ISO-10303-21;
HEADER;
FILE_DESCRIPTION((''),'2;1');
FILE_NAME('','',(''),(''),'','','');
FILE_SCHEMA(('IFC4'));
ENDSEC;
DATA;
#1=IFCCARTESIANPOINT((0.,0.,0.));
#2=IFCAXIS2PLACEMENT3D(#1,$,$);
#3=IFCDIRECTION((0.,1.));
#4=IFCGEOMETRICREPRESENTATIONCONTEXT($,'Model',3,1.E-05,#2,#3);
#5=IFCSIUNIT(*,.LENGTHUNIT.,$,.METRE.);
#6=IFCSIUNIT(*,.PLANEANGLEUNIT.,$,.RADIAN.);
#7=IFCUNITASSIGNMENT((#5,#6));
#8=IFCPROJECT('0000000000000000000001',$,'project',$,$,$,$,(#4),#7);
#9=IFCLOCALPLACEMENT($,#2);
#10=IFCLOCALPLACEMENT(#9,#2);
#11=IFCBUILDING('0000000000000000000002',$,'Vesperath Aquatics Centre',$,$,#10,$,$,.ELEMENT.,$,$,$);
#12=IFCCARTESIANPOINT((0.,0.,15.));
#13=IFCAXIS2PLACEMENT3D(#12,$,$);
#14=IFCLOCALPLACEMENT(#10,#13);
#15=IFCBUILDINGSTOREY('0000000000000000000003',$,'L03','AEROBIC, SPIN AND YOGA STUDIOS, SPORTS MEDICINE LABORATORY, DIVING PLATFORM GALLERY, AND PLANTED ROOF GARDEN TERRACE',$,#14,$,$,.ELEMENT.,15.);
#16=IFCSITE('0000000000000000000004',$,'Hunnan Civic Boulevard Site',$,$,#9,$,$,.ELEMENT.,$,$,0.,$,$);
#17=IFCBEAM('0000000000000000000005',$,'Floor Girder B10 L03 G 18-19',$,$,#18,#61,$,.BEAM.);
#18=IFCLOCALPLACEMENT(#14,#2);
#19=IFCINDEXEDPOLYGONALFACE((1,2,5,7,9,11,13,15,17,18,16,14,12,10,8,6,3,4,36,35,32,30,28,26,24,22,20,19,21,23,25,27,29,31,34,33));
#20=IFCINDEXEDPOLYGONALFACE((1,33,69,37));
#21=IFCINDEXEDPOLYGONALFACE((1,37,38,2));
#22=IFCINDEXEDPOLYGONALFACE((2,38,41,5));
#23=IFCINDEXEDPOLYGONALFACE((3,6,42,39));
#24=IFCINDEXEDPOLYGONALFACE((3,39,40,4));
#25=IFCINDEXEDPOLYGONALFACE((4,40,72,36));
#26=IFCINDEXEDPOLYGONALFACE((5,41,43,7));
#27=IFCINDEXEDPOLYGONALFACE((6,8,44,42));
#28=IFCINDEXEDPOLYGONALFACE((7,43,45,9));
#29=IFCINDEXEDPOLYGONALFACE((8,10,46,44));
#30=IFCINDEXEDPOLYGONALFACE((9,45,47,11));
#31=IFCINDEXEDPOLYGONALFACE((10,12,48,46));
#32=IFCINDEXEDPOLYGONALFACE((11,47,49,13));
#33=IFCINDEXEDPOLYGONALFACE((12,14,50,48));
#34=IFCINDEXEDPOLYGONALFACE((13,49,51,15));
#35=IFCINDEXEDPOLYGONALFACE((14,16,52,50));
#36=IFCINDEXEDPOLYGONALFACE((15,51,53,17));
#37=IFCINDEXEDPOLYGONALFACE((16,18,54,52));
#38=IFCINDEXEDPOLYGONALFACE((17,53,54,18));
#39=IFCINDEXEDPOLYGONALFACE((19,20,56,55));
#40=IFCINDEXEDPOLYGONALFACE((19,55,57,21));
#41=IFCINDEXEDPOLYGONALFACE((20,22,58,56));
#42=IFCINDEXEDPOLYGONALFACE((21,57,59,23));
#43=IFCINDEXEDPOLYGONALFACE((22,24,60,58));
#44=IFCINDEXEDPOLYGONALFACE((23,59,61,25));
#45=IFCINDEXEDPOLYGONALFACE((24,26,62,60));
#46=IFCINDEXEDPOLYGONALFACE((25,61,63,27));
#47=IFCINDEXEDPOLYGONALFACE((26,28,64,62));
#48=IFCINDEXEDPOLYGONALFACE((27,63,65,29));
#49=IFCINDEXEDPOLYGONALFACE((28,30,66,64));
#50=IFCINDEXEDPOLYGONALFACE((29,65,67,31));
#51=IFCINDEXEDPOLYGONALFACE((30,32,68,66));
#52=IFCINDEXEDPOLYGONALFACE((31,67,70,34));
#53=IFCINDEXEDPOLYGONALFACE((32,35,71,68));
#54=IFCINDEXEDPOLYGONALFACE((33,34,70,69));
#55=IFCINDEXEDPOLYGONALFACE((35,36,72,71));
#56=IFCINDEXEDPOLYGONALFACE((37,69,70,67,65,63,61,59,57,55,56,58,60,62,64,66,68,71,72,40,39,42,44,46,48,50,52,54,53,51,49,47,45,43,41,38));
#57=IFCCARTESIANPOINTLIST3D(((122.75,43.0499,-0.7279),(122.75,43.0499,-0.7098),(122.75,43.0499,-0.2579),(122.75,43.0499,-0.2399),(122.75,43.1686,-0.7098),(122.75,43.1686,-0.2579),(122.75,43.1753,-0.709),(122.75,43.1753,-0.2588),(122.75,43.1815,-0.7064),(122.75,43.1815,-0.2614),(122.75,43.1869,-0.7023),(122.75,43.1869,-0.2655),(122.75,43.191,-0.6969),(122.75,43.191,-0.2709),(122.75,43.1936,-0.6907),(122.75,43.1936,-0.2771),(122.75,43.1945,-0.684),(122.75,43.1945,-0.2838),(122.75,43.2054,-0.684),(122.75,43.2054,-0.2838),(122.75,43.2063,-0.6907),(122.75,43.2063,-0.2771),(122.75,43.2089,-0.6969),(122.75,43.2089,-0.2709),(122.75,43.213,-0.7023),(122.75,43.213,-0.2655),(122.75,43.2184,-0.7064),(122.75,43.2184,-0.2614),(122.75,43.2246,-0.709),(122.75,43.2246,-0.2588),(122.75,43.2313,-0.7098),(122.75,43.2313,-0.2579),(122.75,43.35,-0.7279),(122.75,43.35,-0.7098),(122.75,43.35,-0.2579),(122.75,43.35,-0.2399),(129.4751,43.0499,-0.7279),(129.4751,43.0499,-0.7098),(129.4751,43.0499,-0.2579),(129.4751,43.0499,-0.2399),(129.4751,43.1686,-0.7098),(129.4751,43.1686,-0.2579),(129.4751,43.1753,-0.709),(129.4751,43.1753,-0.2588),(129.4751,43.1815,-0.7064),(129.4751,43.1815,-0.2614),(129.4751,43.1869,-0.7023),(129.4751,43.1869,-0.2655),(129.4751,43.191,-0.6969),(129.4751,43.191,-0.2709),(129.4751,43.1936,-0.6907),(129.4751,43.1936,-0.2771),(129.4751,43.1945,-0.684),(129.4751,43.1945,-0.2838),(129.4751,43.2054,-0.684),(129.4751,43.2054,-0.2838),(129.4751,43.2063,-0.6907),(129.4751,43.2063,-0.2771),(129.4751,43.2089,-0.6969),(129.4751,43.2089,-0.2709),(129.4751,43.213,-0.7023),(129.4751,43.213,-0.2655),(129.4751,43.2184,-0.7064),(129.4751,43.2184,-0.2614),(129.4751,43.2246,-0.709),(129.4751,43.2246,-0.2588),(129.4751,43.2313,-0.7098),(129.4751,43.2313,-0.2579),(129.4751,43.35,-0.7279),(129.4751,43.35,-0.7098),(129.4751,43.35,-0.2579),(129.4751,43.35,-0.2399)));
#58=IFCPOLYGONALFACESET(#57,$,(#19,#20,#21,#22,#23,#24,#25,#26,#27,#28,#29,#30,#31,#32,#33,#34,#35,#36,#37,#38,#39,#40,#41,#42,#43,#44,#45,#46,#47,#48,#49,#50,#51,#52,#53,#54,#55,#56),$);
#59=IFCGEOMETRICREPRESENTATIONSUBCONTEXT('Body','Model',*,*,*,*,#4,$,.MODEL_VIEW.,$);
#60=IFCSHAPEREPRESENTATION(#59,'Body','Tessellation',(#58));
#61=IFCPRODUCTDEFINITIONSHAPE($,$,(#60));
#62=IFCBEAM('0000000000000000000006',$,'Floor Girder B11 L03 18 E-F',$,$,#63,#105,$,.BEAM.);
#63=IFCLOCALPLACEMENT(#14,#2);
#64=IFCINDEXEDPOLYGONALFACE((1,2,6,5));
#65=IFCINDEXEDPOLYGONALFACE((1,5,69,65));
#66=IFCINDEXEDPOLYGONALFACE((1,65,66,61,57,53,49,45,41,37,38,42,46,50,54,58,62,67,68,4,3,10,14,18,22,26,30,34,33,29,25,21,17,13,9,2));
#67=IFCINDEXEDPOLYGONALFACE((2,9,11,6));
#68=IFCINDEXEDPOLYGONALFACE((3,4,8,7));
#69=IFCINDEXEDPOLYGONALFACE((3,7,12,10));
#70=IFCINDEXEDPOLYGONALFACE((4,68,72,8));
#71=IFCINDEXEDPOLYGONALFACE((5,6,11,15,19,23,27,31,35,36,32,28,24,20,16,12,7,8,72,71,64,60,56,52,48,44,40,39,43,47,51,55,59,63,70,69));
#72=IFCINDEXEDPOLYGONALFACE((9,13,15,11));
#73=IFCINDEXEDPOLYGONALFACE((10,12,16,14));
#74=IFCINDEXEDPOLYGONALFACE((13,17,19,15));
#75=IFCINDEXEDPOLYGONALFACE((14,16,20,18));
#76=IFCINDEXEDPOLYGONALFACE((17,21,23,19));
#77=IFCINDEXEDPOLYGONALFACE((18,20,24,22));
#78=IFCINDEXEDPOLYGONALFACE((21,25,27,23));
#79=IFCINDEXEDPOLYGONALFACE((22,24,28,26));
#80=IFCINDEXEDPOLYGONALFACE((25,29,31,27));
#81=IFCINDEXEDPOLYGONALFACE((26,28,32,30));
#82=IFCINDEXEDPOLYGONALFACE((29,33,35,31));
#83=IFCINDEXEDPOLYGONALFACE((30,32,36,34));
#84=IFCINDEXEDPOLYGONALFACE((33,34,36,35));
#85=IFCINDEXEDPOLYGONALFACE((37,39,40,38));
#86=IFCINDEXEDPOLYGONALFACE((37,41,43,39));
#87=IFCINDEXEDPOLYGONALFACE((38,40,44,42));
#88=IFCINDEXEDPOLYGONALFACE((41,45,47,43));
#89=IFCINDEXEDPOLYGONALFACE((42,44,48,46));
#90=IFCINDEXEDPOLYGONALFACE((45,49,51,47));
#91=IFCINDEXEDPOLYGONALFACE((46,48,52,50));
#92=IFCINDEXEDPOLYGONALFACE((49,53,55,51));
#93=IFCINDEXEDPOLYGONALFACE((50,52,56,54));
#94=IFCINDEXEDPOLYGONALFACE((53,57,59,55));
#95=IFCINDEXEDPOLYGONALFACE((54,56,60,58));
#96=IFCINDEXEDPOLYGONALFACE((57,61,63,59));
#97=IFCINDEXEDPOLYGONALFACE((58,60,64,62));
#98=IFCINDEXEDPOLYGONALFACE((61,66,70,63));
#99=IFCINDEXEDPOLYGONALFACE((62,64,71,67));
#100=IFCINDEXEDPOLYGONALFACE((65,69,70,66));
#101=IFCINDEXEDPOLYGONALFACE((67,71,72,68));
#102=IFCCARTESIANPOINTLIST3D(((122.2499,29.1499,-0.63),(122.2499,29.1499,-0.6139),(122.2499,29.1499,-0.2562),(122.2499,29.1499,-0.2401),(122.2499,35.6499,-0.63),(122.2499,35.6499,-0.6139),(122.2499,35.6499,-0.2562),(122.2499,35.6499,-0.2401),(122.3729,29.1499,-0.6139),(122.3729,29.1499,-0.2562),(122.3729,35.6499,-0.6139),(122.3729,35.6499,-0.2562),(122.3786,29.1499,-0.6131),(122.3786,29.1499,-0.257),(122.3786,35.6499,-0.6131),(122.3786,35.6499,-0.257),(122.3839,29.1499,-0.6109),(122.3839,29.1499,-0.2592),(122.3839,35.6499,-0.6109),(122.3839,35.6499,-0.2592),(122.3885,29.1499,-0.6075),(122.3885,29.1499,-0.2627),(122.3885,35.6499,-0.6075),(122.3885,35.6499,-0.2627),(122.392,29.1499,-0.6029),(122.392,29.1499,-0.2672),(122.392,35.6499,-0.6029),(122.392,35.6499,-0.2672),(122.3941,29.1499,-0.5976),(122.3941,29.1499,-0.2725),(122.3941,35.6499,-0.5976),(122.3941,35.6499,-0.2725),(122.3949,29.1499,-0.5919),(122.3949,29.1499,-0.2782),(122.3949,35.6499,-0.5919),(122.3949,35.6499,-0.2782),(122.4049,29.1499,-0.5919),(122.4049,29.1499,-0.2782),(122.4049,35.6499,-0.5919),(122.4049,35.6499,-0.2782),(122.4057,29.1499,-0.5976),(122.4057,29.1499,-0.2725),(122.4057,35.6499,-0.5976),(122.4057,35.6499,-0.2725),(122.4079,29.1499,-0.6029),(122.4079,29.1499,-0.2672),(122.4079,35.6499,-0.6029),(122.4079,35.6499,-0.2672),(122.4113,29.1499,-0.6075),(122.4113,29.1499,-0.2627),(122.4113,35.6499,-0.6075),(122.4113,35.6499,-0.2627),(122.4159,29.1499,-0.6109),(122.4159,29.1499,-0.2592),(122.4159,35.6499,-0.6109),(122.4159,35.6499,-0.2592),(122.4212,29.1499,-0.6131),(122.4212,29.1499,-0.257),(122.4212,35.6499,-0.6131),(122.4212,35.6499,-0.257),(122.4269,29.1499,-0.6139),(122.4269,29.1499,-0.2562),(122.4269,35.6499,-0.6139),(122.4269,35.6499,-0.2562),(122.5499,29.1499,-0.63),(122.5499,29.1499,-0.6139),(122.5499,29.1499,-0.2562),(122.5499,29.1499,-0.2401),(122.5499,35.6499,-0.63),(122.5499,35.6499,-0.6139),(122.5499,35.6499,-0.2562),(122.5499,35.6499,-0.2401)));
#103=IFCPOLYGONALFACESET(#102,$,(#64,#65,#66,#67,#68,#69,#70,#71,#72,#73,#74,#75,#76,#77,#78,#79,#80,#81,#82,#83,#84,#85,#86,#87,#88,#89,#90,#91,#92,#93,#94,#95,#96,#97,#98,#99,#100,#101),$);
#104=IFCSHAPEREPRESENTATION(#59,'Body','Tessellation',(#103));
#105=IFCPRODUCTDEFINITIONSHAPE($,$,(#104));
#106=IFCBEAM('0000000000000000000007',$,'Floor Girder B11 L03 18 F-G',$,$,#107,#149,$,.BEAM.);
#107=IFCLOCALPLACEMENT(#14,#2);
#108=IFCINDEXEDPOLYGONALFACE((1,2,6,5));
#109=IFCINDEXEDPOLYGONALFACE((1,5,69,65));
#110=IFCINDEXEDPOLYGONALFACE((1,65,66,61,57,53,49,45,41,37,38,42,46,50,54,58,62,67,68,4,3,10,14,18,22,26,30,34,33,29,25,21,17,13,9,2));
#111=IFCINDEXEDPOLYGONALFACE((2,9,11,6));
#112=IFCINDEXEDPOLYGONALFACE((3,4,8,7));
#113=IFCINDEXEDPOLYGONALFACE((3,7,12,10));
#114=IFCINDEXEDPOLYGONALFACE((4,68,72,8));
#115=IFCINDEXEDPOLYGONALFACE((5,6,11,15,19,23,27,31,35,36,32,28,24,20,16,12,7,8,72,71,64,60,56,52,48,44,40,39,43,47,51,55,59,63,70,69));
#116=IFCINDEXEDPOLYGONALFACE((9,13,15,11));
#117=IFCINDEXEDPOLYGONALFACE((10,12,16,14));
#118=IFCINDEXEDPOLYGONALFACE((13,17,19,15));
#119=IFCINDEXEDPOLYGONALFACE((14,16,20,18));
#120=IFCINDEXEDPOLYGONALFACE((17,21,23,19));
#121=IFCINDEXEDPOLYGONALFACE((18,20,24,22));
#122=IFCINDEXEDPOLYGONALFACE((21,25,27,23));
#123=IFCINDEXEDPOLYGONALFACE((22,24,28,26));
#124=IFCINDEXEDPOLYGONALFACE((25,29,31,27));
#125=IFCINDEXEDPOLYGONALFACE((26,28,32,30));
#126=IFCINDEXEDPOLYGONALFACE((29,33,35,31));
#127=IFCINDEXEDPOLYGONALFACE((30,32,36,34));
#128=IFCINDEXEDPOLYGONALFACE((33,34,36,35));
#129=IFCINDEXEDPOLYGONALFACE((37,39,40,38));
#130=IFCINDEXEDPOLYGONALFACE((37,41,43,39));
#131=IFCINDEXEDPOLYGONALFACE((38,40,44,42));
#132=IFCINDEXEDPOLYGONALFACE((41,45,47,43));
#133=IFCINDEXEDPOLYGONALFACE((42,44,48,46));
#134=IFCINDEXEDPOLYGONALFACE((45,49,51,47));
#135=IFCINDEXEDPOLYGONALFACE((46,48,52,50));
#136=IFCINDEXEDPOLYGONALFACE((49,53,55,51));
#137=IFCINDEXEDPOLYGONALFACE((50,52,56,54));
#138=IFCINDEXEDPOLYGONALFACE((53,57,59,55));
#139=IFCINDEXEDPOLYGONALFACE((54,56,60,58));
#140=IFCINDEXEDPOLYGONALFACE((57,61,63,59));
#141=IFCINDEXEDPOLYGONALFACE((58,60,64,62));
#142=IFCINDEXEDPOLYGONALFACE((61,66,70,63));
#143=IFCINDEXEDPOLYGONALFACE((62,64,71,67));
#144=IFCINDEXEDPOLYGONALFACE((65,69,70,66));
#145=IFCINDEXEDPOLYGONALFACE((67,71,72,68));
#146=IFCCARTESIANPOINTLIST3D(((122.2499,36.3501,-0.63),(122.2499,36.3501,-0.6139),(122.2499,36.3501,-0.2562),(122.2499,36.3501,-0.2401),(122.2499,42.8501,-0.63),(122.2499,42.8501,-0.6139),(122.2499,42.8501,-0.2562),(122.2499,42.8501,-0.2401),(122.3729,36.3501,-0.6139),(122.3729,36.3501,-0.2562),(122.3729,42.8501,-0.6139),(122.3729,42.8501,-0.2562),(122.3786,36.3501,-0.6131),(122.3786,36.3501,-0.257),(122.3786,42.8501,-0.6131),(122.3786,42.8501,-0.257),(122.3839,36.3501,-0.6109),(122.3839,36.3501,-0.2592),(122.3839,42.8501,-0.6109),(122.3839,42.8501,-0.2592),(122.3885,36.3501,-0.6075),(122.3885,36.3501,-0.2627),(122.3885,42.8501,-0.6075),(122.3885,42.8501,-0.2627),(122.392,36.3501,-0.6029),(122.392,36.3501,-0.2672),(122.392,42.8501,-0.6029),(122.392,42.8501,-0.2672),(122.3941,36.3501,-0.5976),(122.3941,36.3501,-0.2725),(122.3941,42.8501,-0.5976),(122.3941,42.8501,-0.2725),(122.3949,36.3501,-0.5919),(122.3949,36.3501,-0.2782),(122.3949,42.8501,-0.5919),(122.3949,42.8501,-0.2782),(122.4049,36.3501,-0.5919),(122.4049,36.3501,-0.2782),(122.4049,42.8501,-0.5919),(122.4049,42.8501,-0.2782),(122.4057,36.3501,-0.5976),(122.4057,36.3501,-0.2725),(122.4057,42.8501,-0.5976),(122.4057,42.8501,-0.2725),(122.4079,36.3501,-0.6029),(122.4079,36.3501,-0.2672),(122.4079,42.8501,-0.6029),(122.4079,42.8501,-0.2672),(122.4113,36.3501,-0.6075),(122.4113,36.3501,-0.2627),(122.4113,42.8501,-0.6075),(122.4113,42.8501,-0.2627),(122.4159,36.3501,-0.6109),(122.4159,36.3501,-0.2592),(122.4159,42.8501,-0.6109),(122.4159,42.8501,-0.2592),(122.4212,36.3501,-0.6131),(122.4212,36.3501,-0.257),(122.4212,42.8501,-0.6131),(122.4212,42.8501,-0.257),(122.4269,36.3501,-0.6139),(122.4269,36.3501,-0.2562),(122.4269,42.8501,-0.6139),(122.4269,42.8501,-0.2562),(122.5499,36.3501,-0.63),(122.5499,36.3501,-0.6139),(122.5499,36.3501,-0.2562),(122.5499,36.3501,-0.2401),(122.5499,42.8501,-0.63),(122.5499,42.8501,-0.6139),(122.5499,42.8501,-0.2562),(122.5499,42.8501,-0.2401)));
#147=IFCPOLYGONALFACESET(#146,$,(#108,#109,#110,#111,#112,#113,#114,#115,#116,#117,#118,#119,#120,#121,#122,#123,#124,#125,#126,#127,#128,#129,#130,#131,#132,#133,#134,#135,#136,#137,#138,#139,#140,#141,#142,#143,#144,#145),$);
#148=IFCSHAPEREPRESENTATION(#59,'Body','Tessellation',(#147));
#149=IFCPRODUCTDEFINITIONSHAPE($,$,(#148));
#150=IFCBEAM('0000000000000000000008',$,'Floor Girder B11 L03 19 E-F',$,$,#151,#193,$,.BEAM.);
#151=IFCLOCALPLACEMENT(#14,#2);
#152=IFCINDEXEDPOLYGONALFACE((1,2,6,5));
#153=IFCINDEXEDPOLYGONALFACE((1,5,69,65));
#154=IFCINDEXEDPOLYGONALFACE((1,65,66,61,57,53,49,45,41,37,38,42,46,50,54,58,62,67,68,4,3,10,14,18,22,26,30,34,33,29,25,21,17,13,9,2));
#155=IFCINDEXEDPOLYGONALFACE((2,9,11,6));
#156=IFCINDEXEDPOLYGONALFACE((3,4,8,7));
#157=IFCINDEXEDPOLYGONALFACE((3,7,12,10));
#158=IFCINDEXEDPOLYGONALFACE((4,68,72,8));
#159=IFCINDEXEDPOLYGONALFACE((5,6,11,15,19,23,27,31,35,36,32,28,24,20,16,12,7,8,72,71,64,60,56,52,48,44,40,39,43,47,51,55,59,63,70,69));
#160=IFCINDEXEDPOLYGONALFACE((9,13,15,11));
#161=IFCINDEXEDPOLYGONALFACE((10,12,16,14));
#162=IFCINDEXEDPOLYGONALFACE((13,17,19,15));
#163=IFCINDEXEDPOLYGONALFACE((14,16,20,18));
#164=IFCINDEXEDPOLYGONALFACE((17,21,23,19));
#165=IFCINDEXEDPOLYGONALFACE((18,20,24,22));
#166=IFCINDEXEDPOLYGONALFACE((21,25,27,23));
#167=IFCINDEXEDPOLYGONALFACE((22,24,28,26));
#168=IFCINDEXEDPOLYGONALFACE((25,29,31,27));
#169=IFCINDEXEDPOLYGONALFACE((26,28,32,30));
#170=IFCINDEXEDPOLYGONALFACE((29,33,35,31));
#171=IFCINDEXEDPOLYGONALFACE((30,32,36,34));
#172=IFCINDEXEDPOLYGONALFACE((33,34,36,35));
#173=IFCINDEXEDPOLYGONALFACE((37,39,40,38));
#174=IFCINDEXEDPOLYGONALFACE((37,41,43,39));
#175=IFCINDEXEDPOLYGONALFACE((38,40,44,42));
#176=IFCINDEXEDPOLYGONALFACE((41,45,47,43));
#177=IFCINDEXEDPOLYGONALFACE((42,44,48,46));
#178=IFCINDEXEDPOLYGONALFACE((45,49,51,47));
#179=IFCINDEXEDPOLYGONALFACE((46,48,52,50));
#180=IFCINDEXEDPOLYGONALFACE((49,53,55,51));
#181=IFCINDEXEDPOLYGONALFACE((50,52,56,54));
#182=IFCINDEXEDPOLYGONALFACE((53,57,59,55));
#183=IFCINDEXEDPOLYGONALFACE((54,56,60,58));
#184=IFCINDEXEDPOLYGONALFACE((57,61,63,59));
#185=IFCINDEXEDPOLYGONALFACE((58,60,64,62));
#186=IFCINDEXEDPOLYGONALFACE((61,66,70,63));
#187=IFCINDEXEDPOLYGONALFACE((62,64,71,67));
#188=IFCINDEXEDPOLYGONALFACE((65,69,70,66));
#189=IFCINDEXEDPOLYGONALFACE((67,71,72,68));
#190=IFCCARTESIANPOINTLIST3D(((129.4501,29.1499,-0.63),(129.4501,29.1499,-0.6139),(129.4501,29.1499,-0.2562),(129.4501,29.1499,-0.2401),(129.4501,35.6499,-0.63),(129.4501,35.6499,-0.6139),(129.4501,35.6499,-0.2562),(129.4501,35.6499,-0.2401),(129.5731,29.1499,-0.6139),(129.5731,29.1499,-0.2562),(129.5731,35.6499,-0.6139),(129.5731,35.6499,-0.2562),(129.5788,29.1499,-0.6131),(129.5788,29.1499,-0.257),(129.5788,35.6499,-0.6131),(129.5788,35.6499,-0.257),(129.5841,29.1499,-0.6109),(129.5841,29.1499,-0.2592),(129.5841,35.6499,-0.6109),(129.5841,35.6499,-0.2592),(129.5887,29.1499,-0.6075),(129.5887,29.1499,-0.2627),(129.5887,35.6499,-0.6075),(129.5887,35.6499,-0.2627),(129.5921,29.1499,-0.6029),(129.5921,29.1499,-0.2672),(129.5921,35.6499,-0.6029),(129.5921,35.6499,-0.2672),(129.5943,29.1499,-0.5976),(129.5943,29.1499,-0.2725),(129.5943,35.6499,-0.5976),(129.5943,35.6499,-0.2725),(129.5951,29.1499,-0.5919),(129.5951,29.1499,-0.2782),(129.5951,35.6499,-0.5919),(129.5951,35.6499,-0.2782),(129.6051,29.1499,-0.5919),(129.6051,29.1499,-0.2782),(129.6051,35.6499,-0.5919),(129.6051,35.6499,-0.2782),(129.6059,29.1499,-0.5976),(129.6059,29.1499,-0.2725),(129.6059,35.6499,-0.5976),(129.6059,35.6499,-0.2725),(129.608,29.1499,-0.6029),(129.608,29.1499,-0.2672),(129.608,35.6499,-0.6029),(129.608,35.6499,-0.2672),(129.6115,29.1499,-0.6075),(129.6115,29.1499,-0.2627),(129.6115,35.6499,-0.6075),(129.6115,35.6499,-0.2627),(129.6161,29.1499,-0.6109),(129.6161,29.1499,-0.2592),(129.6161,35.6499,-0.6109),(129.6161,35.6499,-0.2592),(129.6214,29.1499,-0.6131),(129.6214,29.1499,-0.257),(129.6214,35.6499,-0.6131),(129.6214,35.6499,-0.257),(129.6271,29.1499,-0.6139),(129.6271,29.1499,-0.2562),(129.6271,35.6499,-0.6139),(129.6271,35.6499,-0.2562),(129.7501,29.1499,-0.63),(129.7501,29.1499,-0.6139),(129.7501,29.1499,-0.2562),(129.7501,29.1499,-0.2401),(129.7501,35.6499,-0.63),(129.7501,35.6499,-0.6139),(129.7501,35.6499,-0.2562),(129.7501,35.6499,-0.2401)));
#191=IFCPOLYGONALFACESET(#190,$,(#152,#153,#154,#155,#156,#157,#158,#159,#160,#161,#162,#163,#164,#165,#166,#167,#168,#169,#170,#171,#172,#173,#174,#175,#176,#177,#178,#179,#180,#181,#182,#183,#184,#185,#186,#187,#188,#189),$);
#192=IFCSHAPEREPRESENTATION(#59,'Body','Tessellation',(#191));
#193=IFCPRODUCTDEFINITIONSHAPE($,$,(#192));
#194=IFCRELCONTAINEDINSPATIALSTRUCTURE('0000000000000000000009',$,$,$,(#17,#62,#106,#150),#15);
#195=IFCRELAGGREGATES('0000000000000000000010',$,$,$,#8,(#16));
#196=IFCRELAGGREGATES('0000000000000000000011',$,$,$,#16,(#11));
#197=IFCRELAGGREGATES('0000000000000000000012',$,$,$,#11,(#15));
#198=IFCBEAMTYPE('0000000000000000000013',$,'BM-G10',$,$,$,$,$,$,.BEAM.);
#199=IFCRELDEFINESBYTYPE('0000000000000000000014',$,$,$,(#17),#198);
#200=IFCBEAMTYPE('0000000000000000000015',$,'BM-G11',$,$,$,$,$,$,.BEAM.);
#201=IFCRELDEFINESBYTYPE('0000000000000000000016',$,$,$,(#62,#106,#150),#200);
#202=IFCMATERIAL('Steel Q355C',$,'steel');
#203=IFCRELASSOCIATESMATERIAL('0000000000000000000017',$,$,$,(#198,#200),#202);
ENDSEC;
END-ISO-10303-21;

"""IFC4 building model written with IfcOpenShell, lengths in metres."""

from ifc_helpers import new_model, si_unit, direction, frame, origin, origin_2d, place, context, subcontext, project, spatial, i_section, extrude, material, material_profile, profile_set, type_object, element, save


model = new_model("IFC4")

# Units and contexts
model_context = context("Model", 3, precision=1e-05, world=origin(), true_north=direction((0.0, 1.0)))
body_context = subcontext(model_context, "Body", "Model", "MODEL_VIEW")
ifc_project = project(units=[si_unit("LENGTHUNIT", "METRE"), si_unit("PLANEANGLEUNIT", "RADIAN")], contexts=[model_context])

# Site, building, storey
site_placement = place(None, origin())
site = spatial("IfcSite", under=ifc_project, at=site_placement, Name="Hunnan Civic Boulevard Site", CompositionType="ELEMENT", RefElevation=0.0)
building_placement = place(site_placement, origin())
building = spatial("IfcBuilding", under=site, at=building_placement, Name="Vesperath Aquatics Centre", CompositionType="ELEMENT")
storey_placement = place(building_placement, frame((0.0, 0.0, 15.0)))
storey = spatial("IfcBuildingStorey", under=building, at=storey_placement, Name="L03", Description="AEROBIC, SPIN AND YOGA STUDIOS, SPORTS MEDICINE LABORATORY, DIVING PLATFORM GALLERY, AND PLANTED ROOF GARDEN TERRACE", CompositionType="ELEMENT", Elevation=15.0)

# Shared definitions
ifc_material_1 = material(Name="Steel Q355C", Category="steel")

# Beams
ifc_material_profile_1 = material_profile(ifc_material_1, i_section(OverallWidth=0.3, OverallDepth=0.488, WebThickness=0.011, FlangeThickness=0.0181, FilletRadius=0.0259, at=origin_2d()), Name="HM 488x300x11x18")
ifc_profile_set_1 = profile_set([ifc_material_profile_1], Name="Steel Q355C")
beam_type_1 = type_object("IfcBeamType", Name="BM-G10", PredefinedType="BEAM", material=ifc_profile_set_1)
beam_placement = place(storey_placement, frame((122.75, 43.2, -0.4839), z_axis=(1.0, 0.0, 0.0), x_axis=(0.0, 1.0, 0.0)))
element("IfcBeam", 1, at=beam_placement, inside=storey, type_object=beam_type_1, Name="Floor Girder B10 L03 G 18-19", PredefinedType="BEAM", context=body_context, shape_type="SweptSolid", body=[
    extrude(i_section(OverallWidth=0.3, OverallDepth=0.488, WebThickness=0.011, FlangeThickness=0.0181, FilletRadius=0.0259, at=origin_2d()), origin(), (0.0, 0.0, 1.0), 6.7251),
])
ifc_material_profile_2 = material_profile(ifc_material_1, i_section(OverallWidth=0.3, OverallDepth=0.3899, WebThickness=0.01, FlangeThickness=0.0161, FilletRadius=0.022, at=origin_2d()), Name="HM 390x300x10x16")
ifc_profile_set_2 = profile_set([ifc_material_profile_2], Name="Steel Q355C")
beam_type_2 = type_object("IfcBeamType", Name="BM-G11", PredefinedType="BEAM", material=ifc_profile_set_2)
for number, where, z_axis, x_axis, name in (
    (2, (122.3999, 29.1499, -0.4351), (0.0, 1.0, 0.0), (-1.0, 0.0, 0.0), "Floor Girder B11 L03 18 E-F"),
    (3, (122.3999, 36.3501, -0.4351), (0.0, 1.0, 0.0), (-1.0, 0.0, 0.0), "Floor Girder B11 L03 18 F-G"),
    (4, (129.6001, 29.1499, -0.4351), (0.0, 1.0, 0.0), (-1.0, 0.0, 0.0), "Floor Girder B11 L03 19 E-F"),
):
    element("IfcBeam", number, at=place(storey_placement, frame(where, z_axis=z_axis, x_axis=x_axis)), inside=storey, type_object=beam_type_2, Name=name, PredefinedType="BEAM", context=body_context, shape_type="SweptSolid", body=[
        extrude(i_section(OverallWidth=0.3, OverallDepth=0.3899, WebThickness=0.01, FlangeThickness=0.0161, FilletRadius=0.022, at=origin_2d()), origin(), (0.0, 0.0, 1.0), 6.5),
    ])

save(model, "model.ifc")
